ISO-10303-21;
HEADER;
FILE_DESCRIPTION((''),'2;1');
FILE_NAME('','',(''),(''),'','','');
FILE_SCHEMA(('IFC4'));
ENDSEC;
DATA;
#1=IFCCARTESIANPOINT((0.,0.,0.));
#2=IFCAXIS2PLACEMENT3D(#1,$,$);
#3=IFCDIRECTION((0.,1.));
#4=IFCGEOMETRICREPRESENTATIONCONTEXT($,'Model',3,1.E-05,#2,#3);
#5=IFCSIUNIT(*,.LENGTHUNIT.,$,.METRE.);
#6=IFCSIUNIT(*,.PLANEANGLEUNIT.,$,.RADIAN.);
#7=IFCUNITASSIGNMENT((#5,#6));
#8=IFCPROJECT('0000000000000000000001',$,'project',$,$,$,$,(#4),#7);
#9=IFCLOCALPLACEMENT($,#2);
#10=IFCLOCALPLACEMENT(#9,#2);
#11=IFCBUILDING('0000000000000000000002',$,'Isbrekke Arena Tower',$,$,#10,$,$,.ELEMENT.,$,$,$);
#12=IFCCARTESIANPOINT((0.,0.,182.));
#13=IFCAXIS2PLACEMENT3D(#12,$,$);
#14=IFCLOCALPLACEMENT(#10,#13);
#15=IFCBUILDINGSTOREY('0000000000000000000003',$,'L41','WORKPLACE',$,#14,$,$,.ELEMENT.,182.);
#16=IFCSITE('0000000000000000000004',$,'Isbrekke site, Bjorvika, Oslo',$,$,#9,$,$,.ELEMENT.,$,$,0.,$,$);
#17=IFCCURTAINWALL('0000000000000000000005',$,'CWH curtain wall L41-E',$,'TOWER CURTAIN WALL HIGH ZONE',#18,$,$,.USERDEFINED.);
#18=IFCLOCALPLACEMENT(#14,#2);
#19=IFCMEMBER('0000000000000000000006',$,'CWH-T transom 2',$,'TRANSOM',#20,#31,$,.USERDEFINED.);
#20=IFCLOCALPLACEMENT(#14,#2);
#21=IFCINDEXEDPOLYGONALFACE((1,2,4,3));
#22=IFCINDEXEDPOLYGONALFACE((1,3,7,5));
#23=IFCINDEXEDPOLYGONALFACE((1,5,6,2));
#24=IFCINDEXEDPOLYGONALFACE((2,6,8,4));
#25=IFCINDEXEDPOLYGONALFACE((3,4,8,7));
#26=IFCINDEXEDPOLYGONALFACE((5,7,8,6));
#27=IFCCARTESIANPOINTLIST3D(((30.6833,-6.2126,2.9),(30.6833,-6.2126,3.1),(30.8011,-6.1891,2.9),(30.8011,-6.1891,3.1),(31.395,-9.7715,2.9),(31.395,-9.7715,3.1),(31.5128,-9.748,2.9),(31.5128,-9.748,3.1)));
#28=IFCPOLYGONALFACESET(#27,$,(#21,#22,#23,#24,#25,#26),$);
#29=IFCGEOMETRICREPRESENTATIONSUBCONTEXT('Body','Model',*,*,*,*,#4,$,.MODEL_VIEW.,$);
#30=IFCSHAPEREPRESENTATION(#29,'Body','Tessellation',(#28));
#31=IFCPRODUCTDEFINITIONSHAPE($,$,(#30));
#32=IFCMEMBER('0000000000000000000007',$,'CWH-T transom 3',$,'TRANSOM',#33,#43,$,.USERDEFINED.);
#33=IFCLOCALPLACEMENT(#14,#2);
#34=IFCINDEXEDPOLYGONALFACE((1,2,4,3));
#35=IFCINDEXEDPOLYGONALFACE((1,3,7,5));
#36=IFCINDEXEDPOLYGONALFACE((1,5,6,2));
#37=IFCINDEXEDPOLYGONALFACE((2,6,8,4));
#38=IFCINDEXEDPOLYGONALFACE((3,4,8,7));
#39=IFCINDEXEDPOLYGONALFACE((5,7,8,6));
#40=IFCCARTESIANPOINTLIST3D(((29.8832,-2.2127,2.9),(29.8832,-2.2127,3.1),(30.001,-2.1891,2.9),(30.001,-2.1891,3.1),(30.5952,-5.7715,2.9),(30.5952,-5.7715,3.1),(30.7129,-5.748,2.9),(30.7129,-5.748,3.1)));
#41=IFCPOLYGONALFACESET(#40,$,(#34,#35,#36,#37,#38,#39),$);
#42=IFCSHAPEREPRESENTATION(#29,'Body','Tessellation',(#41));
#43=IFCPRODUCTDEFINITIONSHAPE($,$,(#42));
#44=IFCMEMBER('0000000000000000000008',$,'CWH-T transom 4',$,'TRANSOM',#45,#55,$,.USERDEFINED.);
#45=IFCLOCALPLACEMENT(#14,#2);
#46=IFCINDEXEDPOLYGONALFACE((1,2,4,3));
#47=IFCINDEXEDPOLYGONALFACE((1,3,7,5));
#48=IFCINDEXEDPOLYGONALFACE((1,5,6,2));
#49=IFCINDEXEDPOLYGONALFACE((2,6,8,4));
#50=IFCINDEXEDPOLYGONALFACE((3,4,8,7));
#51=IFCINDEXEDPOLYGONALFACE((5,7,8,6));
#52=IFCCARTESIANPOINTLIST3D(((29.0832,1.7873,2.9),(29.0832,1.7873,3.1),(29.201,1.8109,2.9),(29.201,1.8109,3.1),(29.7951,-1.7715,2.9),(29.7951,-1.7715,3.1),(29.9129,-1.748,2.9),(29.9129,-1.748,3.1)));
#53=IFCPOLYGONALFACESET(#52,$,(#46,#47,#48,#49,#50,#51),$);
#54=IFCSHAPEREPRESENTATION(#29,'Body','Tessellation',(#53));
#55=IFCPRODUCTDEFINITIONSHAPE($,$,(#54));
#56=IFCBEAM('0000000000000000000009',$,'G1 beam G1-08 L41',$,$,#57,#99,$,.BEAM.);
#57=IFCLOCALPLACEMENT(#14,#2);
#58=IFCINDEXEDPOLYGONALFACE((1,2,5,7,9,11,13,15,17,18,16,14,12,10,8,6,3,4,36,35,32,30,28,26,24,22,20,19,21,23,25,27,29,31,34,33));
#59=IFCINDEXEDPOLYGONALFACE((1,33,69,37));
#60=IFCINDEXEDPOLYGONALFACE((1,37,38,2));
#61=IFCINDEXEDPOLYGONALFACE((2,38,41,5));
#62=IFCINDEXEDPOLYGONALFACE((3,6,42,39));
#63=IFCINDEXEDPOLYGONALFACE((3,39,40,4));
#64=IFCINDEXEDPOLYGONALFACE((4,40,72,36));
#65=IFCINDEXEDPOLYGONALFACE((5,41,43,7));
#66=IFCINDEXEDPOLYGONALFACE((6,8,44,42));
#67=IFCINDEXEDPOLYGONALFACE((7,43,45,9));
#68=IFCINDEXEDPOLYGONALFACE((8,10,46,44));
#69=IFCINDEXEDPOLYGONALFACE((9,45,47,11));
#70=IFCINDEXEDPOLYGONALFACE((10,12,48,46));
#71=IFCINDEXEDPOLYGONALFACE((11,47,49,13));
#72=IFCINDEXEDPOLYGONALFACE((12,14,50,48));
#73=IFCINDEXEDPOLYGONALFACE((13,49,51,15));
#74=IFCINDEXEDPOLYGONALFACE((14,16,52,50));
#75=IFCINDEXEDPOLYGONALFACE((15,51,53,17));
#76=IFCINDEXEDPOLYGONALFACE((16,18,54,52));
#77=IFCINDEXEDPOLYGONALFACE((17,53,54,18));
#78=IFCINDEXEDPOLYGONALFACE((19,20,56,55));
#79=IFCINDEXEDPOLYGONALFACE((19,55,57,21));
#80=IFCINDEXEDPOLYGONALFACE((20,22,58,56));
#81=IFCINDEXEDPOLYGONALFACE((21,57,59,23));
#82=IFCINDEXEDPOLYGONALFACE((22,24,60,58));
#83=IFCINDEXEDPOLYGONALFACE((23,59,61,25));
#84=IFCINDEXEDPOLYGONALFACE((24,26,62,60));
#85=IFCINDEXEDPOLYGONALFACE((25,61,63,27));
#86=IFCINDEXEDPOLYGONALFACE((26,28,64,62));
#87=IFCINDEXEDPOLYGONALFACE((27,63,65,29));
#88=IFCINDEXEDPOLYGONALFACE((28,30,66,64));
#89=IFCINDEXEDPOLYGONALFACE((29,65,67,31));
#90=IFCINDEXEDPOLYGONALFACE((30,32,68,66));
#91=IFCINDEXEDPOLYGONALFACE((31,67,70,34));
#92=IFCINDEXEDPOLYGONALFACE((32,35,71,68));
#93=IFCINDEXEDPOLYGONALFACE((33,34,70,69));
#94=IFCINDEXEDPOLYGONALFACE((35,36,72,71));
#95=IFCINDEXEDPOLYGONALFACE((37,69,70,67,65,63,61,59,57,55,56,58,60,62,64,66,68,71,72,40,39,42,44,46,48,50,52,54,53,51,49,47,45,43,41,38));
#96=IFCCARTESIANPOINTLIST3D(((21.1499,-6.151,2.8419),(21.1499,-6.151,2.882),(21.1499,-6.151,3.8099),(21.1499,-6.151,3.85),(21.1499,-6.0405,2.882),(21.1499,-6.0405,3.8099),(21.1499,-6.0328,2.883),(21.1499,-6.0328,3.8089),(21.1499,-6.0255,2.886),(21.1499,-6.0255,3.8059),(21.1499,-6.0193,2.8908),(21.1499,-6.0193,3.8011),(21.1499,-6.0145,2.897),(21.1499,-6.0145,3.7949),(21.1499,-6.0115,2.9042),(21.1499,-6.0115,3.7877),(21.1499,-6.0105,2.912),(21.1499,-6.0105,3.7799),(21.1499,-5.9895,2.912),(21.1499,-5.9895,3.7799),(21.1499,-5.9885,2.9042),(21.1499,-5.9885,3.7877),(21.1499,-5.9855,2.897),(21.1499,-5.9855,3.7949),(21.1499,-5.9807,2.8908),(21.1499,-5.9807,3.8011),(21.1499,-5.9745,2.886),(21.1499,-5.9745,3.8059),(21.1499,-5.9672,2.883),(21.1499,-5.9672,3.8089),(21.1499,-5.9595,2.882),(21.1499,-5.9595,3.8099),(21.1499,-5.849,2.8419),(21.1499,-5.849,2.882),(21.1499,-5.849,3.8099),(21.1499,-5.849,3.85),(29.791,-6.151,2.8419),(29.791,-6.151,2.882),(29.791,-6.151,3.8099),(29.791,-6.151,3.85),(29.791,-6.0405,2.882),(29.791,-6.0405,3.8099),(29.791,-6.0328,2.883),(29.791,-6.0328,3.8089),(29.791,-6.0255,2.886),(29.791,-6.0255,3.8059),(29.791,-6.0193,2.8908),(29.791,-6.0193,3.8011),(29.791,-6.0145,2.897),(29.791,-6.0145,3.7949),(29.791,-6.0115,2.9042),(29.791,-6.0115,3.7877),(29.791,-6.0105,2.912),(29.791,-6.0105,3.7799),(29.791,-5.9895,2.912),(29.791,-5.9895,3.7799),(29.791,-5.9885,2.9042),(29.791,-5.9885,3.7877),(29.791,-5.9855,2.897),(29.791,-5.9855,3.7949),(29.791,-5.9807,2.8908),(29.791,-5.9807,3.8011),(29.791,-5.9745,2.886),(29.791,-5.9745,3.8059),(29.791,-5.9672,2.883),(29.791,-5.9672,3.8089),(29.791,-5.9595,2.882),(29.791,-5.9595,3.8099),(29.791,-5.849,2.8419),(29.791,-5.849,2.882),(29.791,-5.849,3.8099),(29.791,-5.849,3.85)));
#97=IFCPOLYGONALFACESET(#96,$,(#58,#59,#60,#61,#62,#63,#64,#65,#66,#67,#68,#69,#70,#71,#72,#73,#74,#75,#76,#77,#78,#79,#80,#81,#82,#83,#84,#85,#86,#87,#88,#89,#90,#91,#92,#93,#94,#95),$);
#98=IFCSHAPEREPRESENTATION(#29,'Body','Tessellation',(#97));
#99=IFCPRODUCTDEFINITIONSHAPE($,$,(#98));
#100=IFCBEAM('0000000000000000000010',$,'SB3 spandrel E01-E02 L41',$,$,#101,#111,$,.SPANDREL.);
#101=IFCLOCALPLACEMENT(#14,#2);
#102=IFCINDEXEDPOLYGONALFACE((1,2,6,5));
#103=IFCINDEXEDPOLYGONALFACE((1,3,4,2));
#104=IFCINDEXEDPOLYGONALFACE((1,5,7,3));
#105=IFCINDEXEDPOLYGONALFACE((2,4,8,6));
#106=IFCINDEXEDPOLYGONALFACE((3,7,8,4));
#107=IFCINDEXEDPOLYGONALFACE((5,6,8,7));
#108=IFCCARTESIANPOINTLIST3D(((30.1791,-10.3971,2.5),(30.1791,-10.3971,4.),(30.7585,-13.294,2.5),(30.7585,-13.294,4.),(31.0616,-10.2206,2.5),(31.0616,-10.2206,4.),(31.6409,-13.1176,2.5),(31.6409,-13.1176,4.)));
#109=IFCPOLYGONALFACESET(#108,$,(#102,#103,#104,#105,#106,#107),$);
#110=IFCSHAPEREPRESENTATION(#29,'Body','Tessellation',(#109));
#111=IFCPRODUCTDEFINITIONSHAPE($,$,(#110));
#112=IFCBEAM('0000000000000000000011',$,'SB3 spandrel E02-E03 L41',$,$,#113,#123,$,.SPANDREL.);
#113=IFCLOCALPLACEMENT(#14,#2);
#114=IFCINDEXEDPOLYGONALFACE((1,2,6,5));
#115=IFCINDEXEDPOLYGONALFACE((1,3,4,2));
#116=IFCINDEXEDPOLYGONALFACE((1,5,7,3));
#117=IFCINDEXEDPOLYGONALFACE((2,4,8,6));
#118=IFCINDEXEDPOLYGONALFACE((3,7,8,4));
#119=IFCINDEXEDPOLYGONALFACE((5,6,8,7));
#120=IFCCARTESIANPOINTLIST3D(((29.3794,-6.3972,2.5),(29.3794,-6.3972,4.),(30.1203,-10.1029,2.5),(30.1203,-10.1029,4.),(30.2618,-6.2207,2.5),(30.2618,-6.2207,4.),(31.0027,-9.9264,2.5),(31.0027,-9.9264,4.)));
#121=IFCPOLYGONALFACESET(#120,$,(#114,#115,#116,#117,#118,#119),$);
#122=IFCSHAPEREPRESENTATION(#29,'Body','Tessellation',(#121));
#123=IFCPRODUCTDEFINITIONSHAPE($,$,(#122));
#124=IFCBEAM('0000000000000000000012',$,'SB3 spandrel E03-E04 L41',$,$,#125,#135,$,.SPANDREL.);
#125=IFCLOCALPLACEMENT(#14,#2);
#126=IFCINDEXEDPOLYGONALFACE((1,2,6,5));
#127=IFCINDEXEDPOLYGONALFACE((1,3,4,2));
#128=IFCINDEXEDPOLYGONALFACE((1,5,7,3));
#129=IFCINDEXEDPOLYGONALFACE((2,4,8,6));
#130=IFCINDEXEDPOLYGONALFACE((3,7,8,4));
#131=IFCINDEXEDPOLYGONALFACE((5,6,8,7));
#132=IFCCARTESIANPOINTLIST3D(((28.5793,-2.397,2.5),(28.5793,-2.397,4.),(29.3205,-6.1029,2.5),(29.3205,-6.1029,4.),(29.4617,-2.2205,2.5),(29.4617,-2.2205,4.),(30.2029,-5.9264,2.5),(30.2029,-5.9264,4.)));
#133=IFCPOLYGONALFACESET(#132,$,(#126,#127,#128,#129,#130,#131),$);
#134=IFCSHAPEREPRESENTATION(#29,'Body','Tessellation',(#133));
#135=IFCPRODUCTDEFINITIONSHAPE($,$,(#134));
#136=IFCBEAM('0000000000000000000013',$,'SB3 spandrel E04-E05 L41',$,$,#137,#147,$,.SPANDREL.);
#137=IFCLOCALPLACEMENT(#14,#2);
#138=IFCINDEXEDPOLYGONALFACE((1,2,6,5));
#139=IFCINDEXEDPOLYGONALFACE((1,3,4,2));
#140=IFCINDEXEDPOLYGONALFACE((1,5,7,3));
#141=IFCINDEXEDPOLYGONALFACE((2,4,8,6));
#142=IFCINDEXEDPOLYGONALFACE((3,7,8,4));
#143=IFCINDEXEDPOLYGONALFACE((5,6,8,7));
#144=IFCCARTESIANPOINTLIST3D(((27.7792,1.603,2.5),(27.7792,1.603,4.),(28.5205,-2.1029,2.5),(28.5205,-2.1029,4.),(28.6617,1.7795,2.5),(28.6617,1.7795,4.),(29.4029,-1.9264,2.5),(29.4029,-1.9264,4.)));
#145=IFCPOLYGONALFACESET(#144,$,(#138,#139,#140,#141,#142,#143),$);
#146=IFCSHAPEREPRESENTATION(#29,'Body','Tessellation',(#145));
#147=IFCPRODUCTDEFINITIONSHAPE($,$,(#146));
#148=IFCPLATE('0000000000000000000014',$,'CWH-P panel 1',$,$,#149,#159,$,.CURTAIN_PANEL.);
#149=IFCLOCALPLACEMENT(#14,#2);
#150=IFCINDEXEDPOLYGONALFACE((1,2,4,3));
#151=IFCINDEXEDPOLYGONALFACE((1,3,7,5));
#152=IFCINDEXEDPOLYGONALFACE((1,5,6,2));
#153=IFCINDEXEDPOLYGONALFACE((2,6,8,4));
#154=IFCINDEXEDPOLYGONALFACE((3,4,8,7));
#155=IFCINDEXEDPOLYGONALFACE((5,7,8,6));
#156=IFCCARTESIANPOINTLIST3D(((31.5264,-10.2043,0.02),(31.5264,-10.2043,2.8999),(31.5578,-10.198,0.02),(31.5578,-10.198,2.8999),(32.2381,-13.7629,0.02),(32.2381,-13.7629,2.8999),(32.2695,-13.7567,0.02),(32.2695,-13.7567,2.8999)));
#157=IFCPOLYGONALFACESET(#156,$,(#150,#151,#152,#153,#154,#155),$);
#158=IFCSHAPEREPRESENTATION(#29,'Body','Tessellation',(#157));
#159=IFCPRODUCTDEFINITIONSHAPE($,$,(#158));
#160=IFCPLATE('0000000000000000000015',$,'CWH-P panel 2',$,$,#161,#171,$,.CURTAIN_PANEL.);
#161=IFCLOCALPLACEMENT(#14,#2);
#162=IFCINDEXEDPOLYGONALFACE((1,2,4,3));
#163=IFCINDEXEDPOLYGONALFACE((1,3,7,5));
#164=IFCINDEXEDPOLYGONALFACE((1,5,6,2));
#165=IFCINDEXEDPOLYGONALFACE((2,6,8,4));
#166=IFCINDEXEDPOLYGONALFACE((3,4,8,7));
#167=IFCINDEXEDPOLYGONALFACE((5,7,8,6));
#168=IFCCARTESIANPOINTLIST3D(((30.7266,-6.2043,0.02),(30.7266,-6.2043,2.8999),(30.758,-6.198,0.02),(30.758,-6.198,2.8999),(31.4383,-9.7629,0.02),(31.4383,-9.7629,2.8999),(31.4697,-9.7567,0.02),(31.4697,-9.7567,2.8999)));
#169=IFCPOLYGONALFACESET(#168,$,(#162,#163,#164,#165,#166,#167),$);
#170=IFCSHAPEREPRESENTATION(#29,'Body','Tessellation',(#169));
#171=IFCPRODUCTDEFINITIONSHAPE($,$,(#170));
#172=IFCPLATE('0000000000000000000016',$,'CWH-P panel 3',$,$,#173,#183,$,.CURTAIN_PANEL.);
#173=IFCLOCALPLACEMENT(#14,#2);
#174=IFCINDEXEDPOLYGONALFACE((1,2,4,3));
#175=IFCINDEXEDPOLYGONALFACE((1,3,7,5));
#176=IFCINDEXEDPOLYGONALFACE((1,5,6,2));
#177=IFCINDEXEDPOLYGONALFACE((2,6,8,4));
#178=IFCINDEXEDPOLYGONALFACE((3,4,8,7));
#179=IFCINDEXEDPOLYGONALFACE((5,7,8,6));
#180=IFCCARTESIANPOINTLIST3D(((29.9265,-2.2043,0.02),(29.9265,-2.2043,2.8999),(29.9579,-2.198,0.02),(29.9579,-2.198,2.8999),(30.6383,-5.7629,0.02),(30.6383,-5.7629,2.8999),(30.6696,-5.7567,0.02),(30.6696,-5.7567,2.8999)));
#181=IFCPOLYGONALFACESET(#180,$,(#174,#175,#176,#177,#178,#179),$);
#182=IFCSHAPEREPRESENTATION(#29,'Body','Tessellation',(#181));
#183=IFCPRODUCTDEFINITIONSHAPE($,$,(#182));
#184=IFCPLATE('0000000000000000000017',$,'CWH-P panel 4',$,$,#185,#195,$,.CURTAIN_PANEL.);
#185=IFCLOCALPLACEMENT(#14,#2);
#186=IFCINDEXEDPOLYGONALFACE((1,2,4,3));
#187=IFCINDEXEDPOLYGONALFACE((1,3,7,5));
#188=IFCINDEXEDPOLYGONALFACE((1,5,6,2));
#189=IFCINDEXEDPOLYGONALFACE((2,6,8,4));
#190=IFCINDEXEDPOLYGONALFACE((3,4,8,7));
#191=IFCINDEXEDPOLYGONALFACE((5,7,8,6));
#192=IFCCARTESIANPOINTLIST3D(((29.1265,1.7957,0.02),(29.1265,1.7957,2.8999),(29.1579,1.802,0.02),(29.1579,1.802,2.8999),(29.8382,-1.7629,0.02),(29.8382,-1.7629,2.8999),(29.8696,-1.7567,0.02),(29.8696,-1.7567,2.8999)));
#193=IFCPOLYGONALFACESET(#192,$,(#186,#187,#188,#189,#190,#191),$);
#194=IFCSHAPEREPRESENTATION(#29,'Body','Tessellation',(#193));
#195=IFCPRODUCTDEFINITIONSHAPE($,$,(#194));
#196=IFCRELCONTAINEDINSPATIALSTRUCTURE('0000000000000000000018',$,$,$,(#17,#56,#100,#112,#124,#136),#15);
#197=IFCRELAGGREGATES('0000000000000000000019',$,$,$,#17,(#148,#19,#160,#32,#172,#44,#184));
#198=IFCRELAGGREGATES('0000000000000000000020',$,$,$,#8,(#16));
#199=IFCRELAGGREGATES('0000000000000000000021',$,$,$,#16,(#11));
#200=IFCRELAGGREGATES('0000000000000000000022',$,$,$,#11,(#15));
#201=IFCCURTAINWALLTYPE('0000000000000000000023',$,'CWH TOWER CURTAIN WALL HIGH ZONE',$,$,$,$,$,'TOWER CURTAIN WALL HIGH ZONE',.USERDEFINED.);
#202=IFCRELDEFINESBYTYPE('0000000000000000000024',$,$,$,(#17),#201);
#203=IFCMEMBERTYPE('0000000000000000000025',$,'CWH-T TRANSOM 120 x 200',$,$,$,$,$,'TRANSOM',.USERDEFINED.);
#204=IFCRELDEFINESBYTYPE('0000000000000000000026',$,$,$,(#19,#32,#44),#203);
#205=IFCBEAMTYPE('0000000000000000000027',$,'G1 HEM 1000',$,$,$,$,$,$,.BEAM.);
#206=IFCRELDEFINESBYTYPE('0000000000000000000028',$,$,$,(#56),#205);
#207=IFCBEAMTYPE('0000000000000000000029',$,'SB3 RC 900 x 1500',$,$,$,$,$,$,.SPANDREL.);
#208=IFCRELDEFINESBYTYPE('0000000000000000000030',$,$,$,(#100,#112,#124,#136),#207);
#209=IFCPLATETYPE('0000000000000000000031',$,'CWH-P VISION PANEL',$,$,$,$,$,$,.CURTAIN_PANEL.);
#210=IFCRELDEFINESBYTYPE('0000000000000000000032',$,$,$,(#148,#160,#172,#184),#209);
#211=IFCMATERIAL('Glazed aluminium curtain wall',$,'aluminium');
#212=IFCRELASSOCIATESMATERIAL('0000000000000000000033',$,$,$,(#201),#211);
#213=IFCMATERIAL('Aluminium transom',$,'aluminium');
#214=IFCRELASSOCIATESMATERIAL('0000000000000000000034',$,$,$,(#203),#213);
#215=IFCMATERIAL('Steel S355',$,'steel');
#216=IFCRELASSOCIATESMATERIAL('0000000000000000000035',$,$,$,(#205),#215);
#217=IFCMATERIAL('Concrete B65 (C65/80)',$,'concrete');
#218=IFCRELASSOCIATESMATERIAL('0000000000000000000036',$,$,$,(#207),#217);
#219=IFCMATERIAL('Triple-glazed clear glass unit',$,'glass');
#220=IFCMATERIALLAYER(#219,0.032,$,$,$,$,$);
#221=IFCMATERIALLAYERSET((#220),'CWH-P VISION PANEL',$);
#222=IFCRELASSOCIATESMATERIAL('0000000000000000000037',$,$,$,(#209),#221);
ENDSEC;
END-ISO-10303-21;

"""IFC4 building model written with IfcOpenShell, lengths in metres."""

from ifc_helpers import new_model, si_unit, direction, frame, origin, origin_2d, place, context, subcontext, project, spatial, rectangle, i_section, extrude, material, layer, layer_set, material_profile, profile_set, type_object, element, aggregate, save


model = new_model("IFC4")

# Units and contexts
model_context = context("Model", 3, precision=1e-05, world=origin(), true_north=direction((0.0, 1.0)))
body_context = subcontext(model_context, "Body", "Model", "MODEL_VIEW")
ifc_project = project(units=[si_unit("LENGTHUNIT", "METRE"), si_unit("PLANEANGLEUNIT", "RADIAN")], contexts=[model_context])

# Site, building, storey
site_placement = place(None, origin())
site = spatial("IfcSite", under=ifc_project, at=site_placement, Name="Isbrekke site, Bjorvika, Oslo", CompositionType="ELEMENT", RefElevation=0.0)
building_placement = place(site_placement, origin())
building = spatial("IfcBuilding", under=site, at=building_placement, Name="Isbrekke Arena Tower", CompositionType="ELEMENT")
storey_placement = place(building_placement, frame((0.0, 0.0, 182.0)))
storey = spatial("IfcBuildingStorey", under=building, at=storey_placement, Name="L41", Description="WORKPLACE", CompositionType="ELEMENT", Elevation=182.0)

# Curtain wall, members
ifc_material_1 = material(Name="Glazed aluminium curtain wall", Category="aluminium")
curtain_wall_type = type_object("IfcCurtainWallType", Name="CWH TOWER CURTAIN WALL HIGH ZONE", ElementType="TOWER CURTAIN WALL HIGH ZONE", PredefinedType="USERDEFINED", material=ifc_material_1)
curtain_wall_placement = place(storey_placement, origin())
curtain_wall = element("IfcCurtainWall", 1, at=curtain_wall_placement, inside=storey, type_object=curtain_wall_type, Name="CWH curtain wall L41-E", ObjectType="TOWER CURTAIN WALL HIGH ZONE", PredefinedType="USERDEFINED")
ifc_material_2 = material(Name="Aluminium transom", Category="aluminium")
ifc_material_profile_1 = material_profile(ifc_material_2, rectangle(XDim=0.1201, YDim=0.2, at=origin_2d()), Name="TRANSOM 120X200")
ifc_profile_set_1 = profile_set([ifc_material_profile_1], Name="Aluminium transom")
member_type_1 = type_object("IfcMemberType", Name="CWH-T TRANSOM 120 x 200", ElementType="TRANSOM", PredefinedType="USERDEFINED", material=ifc_profile_set_1)
member_1_placement = place(storey_placement, frame((31.4539, -9.7598, 3.0), z_axis=(-0.19609, 0.980586, 0.0), x_axis=(-0.980586, -0.19609, 0.0)))
member_1 = element("IfcMember", 2, at=member_1_placement, type_object=member_type_1, Name="CWH-T transom 2", ObjectType="TRANSOM", PredefinedType="USERDEFINED", context=body_context, shape_type="SweptSolid", body=[
    extrude(rectangle(XDim=0.1201, YDim=0.2, at=origin_2d()), origin(), (0.0, 0.0, 1.0), 3.6294),
])
member_2_placement = place(storey_placement, frame((30.6541, -5.7598, 3.0), z_axis=(-0.196155, 0.980573, 0.0), x_axis=(-0.980573, -0.196155, 0.0)))
member_2 = element("IfcMember", 3, at=member_2_placement, type_object=member_type_1, Name="CWH-T transom 3", ObjectType="TRANSOM", PredefinedType="USERDEFINED", context=body_context, shape_type="SweptSolid", body=[
    extrude(rectangle(XDim=0.1201, YDim=0.2, at=origin_2d()), origin(), (0.0, 0.0, 1.0), 3.6294),
])
member_3_placement = place(storey_placement, frame((29.854, -1.7598, 3.0), z_axis=(-0.196155, 0.980573, 0.0), x_axis=(-0.980573, -0.196155, 0.0)))
member_3 = element("IfcMember", 4, at=member_3_placement, type_object=member_type_1, Name="CWH-T transom 4", ObjectType="TRANSOM", PredefinedType="USERDEFINED", context=body_context, shape_type="SweptSolid", body=[
    extrude(rectangle(XDim=0.1201, YDim=0.2, at=origin_2d()), origin(), (0.0, 0.0, 1.0), 3.6294),
])

# Beams
ifc_material_3 = material(Name="Steel S355", Category="steel")
ifc_material_profile_2 = material_profile(ifc_material_3, i_section(OverallWidth=0.302, OverallDepth=1.0081, WebThickness=0.021, FlangeThickness=0.04, FilletRadius=0.03, at=origin_2d()), Name="HEM 1000")
ifc_profile_set_2 = profile_set([ifc_material_profile_2], Name="Steel S355")
beam_type_1 = type_object("IfcBeamType", Name="G1 HEM 1000", PredefinedType="BEAM", material=ifc_profile_set_2)
beam_1_placement = place(storey_placement, frame((21.1499, -6.0, 3.3459), z_axis=(1.0, 0.0, 0.0), x_axis=(0.0, 1.0, 0.0)))
element("IfcBeam", 5, at=beam_1_placement, inside=storey, type_object=beam_type_1, Name="G1 beam G1-08 L41", PredefinedType="BEAM", context=body_context, shape_type="SweptSolid", body=[
    extrude(i_section(OverallWidth=0.302, OverallDepth=1.0081, WebThickness=0.021, FlangeThickness=0.04, FilletRadius=0.03, at=origin_2d()), origin(), (0.0, 0.0, 1.0), 8.6411),
])
ifc_material_4 = material(Name="Concrete B65 (C65/80)", Category="concrete")
ifc_material_profile_3 = material_profile(ifc_material_4, rectangle(XDim=0.8999, YDim=1.5, at=origin_2d()), Name="RC 900x1500")
ifc_profile_set_3 = profile_set([ifc_material_profile_3], Name="Concrete B65 (C65/80)")
beam_type_2 = type_object("IfcBeamType", Name="SB3 RC 900 x 1500", PredefinedType="SPANDREL", material=ifc_profile_set_3)
beam_2_placement = place(storey_placement, frame((31.1997, -13.2058, 3.25), z_axis=(-0.1961, 0.980584, 0.0), x_axis=(-0.980584, -0.1961, 0.0)))
element("IfcBeam", 6, at=beam_2_placement, inside=storey, type_object=beam_type_2, Name="SB3 spandrel E01-E02 L41", PredefinedType="SPANDREL", context=body_context, shape_type="SweptSolid", body=[
    extrude(rectangle(XDim=0.8999, YDim=1.5, at=origin_2d()), origin(), (0.0, 0.0, 1.0), 2.9543),
])
beam_3_placement = place(storey_placement, frame((30.5615, -10.0146, 3.25), z_axis=(-0.196066, 0.980591, 0.0), x_axis=(-0.980591, -0.196066, 0.0)))
element("IfcBeam", 7, at=beam_3_placement, inside=storey, type_object=beam_type_2, Name="SB3 spandrel E02-E03 L41", PredefinedType="SPANDREL", context=body_context, shape_type="SweptSolid", body=[
    extrude(rectangle(XDim=0.8999, YDim=1.5, at=origin_2d()), origin(), (0.0, 0.0, 1.0), 3.7791),
])
for number, where, z_axis, x_axis, name in (
    (8, (29.7617, -6.0146, 3.25), (-0.196129, 0.980578, 0.0), (-0.980578, -0.196129, 0.0), "SB3 spandrel E03-E04 L41"),
    (9, (28.9617, -2.0146, 3.25), (-0.196129, 0.980578, 0.0), (-0.980578, -0.196129, 0.0), "SB3 spandrel E04-E05 L41"),
):
    element("IfcBeam", number, at=place(storey_placement, frame(where, z_axis=z_axis, x_axis=x_axis)), inside=storey, type_object=beam_type_2, Name=name, PredefinedType="SPANDREL", context=body_context, shape_type="SweptSolid", body=[
        extrude(rectangle(XDim=0.8999, YDim=1.5, at=origin_2d()), origin(), (0.0, 0.0, 1.0), 3.7793),
    ])

# Plates
ifc_material_5 = material(Name="Triple-glazed clear glass unit", Category="glass")
ifc_layer = layer(ifc_material_5, 0.032)
ifc_layer_set = layer_set([ifc_layer], Name="CWH-P VISION PANEL")
plate_type = type_object("IfcPlateType", Name="CWH-P VISION PANEL", PredefinedType="CURTAIN_PANEL", material=ifc_layer_set)
plate_1_placement = place(storey_placement, frame((31.8979, -11.9805, 0.02), z_axis=(0.0, 0.0, 1.0), x_axis=(-0.196116, 0.980581, 0.0)))
plate_1 = element("IfcPlate", 10, at=plate_1_placement, type_object=plate_type, Name="CWH-P panel 1", PredefinedType="CURTAIN_PANEL", context=body_context, shape_type="SweptSolid", body=[
    extrude(rectangle(XDim=3.6292, YDim=0.032, at=origin_2d()), origin(), (0.0, 0.0, 1.0), 2.8799),
])
plate_2_placement = place(storey_placement, frame((31.0981, -7.9805, 0.02), z_axis=(0.0, 0.0, 1.0), x_axis=(-0.196116, 0.980581, 0.0)))
plate_2 = element("IfcPlate", 11, at=plate_2_placement, type_object=plate_type, Name="CWH-P panel 2", PredefinedType="CURTAIN_PANEL", context=body_context, shape_type="SweptSolid", body=[
    extrude(rectangle(XDim=3.6292, YDim=0.032, at=origin_2d()), origin(), (0.0, 0.0, 1.0), 2.8799),
])
plate_3_placement = place(storey_placement, frame((30.2981, -3.9805, 0.02), z_axis=(0.0, 0.0, 1.0), x_axis=(-0.196116, 0.980581, 0.0)))
plate_3 = element("IfcPlate", 12, at=plate_3_placement, type_object=plate_type, Name="CWH-P panel 3", PredefinedType="CURTAIN_PANEL", context=body_context, shape_type="SweptSolid", body=[
    extrude(rectangle(XDim=3.6292, YDim=0.032, at=origin_2d()), origin(), (0.0, 0.0, 1.0), 2.8799),
])
plate_4_placement = place(storey_placement, frame((29.498, 0.0195, 0.02), z_axis=(0.0, 0.0, 1.0), x_axis=(-0.196116, 0.980581, 0.0)))
plate_4 = element("IfcPlate", 13, at=plate_4_placement, type_object=plate_type, Name="CWH-P panel 4", PredefinedType="CURTAIN_PANEL", context=body_context, shape_type="SweptSolid", body=[
    extrude(rectangle(XDim=3.6292, YDim=0.032, at=origin_2d()), origin(), (0.0, 0.0, 1.0), 2.8799),
])
aggregate(curtain_wall, [plate_1, member_1, plate_2, member_2, plate_3, member_3, plate_4])

save(model, "model.ifc")
